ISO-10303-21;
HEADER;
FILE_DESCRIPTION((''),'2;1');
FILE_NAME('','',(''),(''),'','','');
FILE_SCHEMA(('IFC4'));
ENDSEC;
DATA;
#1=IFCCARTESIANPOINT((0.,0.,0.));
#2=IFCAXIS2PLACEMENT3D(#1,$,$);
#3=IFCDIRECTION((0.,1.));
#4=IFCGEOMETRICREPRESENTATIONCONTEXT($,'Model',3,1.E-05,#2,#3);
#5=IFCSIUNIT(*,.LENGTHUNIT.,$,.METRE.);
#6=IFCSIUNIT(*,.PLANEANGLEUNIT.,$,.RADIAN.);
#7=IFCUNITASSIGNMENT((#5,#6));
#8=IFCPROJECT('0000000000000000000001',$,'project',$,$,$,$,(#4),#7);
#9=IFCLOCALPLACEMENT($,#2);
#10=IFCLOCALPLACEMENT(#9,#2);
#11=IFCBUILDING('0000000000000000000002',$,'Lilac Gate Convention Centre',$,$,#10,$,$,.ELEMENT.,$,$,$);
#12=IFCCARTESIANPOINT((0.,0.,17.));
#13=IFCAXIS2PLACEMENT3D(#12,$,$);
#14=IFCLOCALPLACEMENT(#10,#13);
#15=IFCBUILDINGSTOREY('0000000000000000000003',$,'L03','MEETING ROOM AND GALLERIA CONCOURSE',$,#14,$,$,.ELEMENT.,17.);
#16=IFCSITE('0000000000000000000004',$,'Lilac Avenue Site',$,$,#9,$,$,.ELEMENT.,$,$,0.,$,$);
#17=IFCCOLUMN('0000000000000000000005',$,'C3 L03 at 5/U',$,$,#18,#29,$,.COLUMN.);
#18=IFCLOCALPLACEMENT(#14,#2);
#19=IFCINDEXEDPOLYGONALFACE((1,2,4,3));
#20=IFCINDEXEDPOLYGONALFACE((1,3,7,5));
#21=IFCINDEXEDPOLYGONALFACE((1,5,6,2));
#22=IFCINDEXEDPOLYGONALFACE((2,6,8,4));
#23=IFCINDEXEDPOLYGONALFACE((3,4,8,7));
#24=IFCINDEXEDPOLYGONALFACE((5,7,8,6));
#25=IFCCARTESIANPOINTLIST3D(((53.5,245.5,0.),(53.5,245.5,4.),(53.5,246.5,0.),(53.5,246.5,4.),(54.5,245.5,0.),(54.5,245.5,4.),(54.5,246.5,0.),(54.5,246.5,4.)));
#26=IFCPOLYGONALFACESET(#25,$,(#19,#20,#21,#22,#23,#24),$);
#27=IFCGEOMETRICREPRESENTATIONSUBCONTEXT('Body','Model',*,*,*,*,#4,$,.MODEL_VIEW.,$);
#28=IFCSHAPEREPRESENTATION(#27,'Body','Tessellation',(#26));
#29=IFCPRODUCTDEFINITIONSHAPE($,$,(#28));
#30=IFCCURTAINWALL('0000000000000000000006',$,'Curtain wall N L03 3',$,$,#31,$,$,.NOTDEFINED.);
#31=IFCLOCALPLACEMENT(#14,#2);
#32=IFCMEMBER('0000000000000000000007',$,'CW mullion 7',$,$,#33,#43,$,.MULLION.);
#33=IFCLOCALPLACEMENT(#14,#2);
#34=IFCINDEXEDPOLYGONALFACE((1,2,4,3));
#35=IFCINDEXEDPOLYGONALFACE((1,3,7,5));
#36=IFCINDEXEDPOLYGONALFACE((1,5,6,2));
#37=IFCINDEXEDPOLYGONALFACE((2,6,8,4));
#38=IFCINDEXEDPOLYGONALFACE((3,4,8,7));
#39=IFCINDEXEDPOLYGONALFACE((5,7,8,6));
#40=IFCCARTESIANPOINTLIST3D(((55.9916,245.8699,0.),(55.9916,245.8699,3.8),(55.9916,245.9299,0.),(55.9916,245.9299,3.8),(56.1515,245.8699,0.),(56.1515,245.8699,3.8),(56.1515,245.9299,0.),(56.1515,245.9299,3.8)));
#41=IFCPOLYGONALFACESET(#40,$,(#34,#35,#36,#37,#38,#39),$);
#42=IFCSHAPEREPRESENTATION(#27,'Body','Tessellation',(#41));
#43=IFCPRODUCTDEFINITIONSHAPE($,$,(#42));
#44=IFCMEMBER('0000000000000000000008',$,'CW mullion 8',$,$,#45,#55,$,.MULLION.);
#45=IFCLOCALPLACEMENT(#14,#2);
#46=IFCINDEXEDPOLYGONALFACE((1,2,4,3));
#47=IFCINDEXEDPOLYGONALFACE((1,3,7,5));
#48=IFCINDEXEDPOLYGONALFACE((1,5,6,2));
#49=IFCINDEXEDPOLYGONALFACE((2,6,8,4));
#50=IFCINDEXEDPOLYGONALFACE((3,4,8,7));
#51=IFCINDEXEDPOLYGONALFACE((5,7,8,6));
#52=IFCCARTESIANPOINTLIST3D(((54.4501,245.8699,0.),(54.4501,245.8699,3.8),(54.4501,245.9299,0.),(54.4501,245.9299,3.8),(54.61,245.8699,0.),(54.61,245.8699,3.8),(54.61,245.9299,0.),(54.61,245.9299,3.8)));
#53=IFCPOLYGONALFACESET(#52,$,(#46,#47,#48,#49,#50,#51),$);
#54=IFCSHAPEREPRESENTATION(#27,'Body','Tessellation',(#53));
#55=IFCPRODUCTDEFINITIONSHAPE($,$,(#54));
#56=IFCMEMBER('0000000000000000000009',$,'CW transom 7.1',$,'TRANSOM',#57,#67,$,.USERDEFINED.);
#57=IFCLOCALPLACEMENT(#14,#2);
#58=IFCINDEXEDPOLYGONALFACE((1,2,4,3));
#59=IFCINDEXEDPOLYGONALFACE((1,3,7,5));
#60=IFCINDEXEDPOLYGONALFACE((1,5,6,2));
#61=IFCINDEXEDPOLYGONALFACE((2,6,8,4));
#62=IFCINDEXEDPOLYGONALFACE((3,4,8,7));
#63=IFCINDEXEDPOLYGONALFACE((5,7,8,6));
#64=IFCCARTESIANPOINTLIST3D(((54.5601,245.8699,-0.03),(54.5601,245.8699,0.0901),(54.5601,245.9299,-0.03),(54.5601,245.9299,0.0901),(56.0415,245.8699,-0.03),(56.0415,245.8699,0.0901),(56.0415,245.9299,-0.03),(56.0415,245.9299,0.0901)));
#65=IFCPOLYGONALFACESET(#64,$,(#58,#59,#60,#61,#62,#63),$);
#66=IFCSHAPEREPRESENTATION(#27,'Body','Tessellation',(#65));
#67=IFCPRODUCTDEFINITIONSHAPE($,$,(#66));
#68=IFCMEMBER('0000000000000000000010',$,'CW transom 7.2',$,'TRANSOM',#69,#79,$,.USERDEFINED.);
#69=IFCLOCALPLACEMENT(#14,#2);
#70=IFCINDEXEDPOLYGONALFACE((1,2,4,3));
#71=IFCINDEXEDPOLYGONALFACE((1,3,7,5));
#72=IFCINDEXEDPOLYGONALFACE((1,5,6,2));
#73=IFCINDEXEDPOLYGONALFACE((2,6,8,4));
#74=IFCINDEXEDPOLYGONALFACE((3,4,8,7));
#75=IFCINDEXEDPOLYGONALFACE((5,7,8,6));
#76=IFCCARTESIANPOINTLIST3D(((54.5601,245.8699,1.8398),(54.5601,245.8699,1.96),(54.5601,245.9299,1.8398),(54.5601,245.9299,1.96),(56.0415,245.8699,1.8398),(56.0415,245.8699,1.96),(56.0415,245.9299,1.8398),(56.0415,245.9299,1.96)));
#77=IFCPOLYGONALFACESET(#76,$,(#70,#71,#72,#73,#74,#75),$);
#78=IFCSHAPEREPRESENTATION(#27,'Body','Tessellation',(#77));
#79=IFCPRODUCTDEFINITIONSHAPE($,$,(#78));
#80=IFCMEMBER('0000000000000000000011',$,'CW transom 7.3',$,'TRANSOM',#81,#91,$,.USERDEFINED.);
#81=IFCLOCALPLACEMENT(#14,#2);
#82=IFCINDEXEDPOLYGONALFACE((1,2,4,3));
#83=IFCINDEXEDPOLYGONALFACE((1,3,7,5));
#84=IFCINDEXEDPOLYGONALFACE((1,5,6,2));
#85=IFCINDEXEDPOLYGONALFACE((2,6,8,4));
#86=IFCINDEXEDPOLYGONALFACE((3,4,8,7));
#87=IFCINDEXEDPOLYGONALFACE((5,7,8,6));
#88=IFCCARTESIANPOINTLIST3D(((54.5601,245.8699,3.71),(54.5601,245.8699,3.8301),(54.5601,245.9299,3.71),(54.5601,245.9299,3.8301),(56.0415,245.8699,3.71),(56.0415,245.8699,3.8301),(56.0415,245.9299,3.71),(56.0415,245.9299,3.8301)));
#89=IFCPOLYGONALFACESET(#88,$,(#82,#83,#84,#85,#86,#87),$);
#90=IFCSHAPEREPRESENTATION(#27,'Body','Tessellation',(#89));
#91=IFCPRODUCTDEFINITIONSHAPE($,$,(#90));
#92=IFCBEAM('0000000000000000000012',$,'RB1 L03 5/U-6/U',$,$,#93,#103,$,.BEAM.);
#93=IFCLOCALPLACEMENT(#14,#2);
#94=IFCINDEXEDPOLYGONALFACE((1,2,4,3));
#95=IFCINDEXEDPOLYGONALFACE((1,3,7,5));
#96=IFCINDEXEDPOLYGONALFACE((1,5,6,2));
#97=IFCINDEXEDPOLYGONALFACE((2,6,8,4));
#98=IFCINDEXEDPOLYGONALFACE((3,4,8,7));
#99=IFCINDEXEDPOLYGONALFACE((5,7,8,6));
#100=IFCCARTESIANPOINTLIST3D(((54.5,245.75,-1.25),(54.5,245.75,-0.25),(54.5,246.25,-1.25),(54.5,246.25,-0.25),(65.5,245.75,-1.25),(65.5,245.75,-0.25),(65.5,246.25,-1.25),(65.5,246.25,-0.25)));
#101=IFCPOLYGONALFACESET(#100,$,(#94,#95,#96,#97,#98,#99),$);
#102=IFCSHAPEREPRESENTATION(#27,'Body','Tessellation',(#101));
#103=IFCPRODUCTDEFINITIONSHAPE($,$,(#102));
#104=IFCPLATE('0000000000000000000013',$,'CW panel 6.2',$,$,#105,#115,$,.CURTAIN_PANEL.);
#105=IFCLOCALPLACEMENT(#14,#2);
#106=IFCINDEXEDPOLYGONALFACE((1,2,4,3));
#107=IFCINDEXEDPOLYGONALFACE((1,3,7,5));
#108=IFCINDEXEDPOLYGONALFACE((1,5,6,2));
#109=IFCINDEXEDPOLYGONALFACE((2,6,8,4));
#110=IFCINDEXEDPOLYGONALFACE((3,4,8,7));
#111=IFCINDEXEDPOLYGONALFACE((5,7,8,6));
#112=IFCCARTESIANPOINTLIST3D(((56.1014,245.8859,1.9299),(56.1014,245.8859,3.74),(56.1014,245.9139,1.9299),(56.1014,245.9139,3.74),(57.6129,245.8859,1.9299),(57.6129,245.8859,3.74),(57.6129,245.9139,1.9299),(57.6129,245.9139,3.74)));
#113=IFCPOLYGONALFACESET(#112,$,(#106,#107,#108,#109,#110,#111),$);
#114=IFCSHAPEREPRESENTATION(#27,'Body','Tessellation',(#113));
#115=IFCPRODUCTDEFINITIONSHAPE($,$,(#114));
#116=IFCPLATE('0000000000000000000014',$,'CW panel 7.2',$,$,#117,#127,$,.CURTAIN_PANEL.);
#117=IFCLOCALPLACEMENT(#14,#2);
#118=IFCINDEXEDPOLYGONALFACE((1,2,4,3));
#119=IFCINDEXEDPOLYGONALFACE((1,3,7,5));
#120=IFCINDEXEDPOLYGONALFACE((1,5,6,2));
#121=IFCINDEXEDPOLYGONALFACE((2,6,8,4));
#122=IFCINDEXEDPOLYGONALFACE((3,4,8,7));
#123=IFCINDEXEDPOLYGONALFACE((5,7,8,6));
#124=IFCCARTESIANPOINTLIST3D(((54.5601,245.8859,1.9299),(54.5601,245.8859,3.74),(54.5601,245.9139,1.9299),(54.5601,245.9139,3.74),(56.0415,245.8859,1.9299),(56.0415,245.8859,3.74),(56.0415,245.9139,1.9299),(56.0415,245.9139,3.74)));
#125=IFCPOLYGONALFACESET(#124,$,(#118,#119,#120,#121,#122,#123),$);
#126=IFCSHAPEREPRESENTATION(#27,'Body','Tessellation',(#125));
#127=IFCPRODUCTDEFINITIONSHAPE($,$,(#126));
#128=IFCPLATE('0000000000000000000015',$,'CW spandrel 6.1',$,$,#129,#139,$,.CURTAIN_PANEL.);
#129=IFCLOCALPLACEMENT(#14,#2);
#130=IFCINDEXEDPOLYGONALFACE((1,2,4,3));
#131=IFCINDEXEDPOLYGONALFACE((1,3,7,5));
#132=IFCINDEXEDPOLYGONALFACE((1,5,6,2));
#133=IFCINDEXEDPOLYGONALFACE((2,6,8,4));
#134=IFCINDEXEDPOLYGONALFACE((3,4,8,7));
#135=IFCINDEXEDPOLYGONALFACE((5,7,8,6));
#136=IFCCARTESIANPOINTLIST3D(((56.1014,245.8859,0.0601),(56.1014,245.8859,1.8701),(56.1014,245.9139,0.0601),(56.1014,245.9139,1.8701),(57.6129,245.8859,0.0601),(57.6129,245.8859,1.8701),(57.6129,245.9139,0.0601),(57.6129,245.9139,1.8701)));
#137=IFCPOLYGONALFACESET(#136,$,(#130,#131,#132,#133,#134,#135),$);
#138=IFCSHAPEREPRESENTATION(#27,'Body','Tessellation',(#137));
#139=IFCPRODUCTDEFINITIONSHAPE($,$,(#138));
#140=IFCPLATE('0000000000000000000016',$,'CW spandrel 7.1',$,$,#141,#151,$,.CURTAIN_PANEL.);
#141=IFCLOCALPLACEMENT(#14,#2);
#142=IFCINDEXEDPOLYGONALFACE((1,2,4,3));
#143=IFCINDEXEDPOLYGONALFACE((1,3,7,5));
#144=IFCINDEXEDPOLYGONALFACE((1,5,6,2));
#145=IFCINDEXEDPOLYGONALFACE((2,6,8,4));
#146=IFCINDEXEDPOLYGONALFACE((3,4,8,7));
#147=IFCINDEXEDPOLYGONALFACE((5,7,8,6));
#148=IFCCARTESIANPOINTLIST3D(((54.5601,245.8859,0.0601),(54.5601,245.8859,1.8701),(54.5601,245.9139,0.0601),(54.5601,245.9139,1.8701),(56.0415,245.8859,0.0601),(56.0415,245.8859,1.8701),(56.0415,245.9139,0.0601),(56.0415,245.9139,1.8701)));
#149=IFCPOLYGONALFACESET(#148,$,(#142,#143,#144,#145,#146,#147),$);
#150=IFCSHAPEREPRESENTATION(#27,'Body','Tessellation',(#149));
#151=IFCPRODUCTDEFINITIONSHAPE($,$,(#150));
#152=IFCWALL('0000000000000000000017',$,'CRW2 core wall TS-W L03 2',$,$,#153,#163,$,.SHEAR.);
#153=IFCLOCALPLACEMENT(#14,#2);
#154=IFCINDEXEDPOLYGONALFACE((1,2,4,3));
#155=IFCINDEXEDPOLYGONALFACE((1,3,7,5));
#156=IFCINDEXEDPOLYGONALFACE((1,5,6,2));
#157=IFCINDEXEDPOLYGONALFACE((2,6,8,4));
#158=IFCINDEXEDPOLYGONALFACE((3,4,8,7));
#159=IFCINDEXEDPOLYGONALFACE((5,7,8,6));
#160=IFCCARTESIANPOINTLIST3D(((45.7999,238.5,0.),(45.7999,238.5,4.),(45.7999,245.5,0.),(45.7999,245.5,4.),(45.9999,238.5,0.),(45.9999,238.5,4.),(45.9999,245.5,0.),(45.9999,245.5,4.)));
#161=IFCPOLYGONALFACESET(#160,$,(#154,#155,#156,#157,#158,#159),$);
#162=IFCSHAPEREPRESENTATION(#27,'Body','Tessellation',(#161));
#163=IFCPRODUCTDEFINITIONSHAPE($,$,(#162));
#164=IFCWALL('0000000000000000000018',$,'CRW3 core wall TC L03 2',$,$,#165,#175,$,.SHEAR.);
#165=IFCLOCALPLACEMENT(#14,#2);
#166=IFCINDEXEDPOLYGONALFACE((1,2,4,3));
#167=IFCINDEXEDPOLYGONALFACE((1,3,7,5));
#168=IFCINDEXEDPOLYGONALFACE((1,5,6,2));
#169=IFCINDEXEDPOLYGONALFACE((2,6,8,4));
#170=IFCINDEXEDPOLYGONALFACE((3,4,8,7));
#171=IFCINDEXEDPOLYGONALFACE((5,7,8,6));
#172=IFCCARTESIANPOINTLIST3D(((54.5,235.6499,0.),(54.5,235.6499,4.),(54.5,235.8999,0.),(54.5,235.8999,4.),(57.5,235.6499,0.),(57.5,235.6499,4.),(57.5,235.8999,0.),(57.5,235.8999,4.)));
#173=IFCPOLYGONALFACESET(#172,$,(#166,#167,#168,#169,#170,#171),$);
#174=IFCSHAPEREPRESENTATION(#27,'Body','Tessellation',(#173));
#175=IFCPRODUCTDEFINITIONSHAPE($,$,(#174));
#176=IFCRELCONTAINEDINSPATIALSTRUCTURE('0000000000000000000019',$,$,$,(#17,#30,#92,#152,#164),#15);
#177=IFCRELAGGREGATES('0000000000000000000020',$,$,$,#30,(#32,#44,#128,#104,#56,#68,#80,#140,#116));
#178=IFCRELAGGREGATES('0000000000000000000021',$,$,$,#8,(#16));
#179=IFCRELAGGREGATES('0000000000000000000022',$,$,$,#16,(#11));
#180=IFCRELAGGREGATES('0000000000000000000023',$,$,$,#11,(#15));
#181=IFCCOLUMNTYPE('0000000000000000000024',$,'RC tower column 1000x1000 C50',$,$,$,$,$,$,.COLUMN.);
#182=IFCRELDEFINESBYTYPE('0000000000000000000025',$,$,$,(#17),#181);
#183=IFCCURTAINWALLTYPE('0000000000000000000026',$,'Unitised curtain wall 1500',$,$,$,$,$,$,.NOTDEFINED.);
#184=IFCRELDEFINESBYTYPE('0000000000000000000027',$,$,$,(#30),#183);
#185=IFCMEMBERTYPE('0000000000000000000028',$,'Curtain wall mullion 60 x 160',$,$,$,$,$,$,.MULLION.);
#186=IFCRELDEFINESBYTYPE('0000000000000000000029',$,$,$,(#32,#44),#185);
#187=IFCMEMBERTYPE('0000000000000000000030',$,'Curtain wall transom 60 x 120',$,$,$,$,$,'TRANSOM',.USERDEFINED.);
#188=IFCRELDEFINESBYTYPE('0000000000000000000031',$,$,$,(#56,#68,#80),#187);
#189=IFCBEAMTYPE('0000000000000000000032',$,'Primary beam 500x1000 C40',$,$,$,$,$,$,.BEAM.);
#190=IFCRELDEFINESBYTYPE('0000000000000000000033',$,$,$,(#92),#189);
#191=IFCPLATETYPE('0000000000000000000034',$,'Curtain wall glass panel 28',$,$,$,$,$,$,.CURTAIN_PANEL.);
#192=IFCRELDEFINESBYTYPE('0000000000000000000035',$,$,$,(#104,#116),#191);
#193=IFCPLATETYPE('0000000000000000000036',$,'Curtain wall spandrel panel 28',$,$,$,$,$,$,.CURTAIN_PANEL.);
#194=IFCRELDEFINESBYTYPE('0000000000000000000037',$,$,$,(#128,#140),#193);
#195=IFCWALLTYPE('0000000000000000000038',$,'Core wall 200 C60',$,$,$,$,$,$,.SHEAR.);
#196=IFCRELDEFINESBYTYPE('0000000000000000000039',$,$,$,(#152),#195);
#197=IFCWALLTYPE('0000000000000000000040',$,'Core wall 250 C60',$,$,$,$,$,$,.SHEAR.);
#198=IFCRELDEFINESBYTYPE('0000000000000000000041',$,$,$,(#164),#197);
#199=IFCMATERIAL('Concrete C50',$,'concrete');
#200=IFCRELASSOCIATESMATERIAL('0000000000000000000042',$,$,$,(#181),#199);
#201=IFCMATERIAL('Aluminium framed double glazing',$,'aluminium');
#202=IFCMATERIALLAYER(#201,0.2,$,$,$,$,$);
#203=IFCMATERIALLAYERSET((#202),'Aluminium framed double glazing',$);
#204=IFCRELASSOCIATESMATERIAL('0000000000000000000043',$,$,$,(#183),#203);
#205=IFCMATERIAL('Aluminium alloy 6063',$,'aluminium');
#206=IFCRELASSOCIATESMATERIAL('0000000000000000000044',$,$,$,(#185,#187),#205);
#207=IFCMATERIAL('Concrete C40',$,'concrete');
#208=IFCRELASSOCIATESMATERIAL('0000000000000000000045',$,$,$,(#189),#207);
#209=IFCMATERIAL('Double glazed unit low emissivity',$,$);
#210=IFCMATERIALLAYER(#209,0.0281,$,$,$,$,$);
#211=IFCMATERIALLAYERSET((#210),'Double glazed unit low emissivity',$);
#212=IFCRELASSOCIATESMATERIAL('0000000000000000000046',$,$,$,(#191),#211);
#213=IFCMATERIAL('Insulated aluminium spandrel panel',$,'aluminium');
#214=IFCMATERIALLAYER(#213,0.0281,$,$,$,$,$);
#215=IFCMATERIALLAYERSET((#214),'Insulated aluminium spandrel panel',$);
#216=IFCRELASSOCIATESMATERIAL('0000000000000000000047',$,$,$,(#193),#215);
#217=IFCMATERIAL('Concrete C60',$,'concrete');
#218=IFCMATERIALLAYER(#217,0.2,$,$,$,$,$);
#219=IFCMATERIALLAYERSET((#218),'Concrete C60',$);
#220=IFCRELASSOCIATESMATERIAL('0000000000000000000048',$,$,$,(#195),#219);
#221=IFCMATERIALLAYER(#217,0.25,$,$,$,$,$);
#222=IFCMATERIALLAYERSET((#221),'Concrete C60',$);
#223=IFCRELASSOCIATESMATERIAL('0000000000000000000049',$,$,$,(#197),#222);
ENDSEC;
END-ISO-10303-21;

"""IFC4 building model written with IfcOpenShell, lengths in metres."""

from ifc_helpers import new_model, si_unit, direction, frame, frame_2d, origin, origin_2d, place, context, subcontext, project, spatial, rectangle, extrude, material, layer, layer_set, material_profile, profile_set, type_object, element, aggregate, save


model = new_model("IFC4")

# Units and contexts
model_context = context("Model", 3, precision=1e-05, world=origin(), true_north=direction((0.0, 1.0)))
body_context = subcontext(model_context, "Body", "Model", "MODEL_VIEW")
ifc_project = project(units=[si_unit("LENGTHUNIT", "METRE"), si_unit("PLANEANGLEUNIT", "RADIAN")], contexts=[model_context])

# Site, building, storey
site_placement = place(None, origin())
site = spatial("IfcSite", under=ifc_project, at=site_placement, Name="Lilac Avenue Site", CompositionType="ELEMENT", RefElevation=0.0)
building_placement = place(site_placement, origin())
building = spatial("IfcBuilding", under=site, at=building_placement, Name="Lilac Gate Convention Centre", CompositionType="ELEMENT")
storey_placement = place(building_placement, frame((0.0, 0.0, 17.0)))
storey = spatial("IfcBuildingStorey", under=building, at=storey_placement, Name="L03", Description="MEETING ROOM AND GALLERIA CONCOURSE", CompositionType="ELEMENT", Elevation=17.0)

# Column
ifc_material_1 = material(Name="Concrete C50", Category="concrete")
ifc_material_profile_1 = material_profile(ifc_material_1, rectangle(XDim=1.0, YDim=1.0, at=origin_2d()), Name="RC 1000x1000")
ifc_profile_set_1 = profile_set([ifc_material_profile_1], Name="Concrete C50")
column_type = type_object("IfcColumnType", Name="RC tower column 1000x1000 C50", PredefinedType="COLUMN", material=ifc_profile_set_1)
column_placement = place(storey_placement, frame((54.0, 246.0, 0.0), z_axis=(0.0, 0.0, 1.0), x_axis=(1.0, 0.0, 0.0)))
element("IfcColumn", 1, at=column_placement, inside=storey, type_object=column_type, Name="C3 L03 at 5/U", PredefinedType="COLUMN", context=body_context, shape_type="SweptSolid", body=[
    extrude(rectangle(XDim=1.0, YDim=1.0, at=origin_2d()), origin(), (0.0, 0.0, 1.0), 4.0),
])

# Curtain wall, members
ifc_material_2 = material(Name="Aluminium framed double glazing", Category="aluminium")
ifc_layer_1 = layer(ifc_material_2, 0.2)
ifc_layer_set_1 = layer_set([ifc_layer_1], Name="Aluminium framed double glazing")
curtain_wall_type = type_object("IfcCurtainWallType", Name="Unitised curtain wall 1500", PredefinedType="NOTDEFINED", material=ifc_layer_set_1)
curtain_wall_placement = place(storey_placement, origin())
curtain_wall = element("IfcCurtainWall", 2, at=curtain_wall_placement, inside=storey, type_object=curtain_wall_type, Name="Curtain wall N L03 3", PredefinedType="NOTDEFINED")
ifc_material_3 = material(Name="Aluminium alloy 6063", Category="aluminium")
ifc_material_profile_2 = material_profile(ifc_material_3, rectangle(XDim=0.0601, YDim=0.1599, at=origin_2d()), Name="Curtain wall mullion 60 x 160")
ifc_profile_set_2 = profile_set([ifc_material_profile_2], Name="Aluminium alloy 6063")
member_type_1 = type_object("IfcMemberType", Name="Curtain wall mullion 60 x 160", PredefinedType="MULLION", material=ifc_profile_set_2)
member_1_placement = place(storey_placement, frame((56.0715, 245.8999, 0.0), z_axis=(0.0, 0.0, 1.0), x_axis=(0.0, -1.0, 0.0)))
member_1 = element("IfcMember", 3, at=member_1_placement, type_object=member_type_1, Name="CW mullion 7", PredefinedType="MULLION", context=body_context, shape_type="SweptSolid", body=[
    extrude(rectangle(XDim=0.0601, YDim=0.1599, at=origin_2d()), origin(), (0.0, 0.0, 1.0), 3.8),
])
member_2_placement = place(storey_placement, frame((54.53, 245.8999, 0.0), z_axis=(0.0, 0.0, 1.0), x_axis=(0.0, -1.0, 0.0)))
member_2 = element("IfcMember", 4, at=member_2_placement, type_object=member_type_1, Name="CW mullion 8", PredefinedType="MULLION", context=body_context, shape_type="SweptSolid", body=[
    extrude(rectangle(XDim=0.0601, YDim=0.1599, at=origin_2d()), origin(), (0.0, 0.0, 1.0), 3.8),
])
ifc_material_profile_3 = material_profile(ifc_material_3, rectangle(XDim=0.0601, YDim=0.1201, at=origin_2d()), Name="Curtain wall transom 60 x 120")
ifc_profile_set_3 = profile_set([ifc_material_profile_3], Name="Aluminium alloy 6063")
member_type_2 = type_object("IfcMemberType", Name="Curtain wall transom 60 x 120", ElementType="TRANSOM", PredefinedType="USERDEFINED", material=ifc_profile_set_3)
member_3_placement = place(storey_placement, frame((56.0415, 245.8999, 0.03), z_axis=(-1.0, 0.0, 0.0), x_axis=(0.0, -1.0, 0.0)))
member_3 = element("IfcMember", 5, at=member_3_placement, type_object=member_type_2, Name="CW transom 7.1", ObjectType="TRANSOM", PredefinedType="USERDEFINED", context=body_context, shape_type="SweptSolid", body=[
    extrude(rectangle(XDim=0.0601, YDim=0.1201, at=origin_2d()), origin(), (0.0, 0.0, 1.0), 1.4814),
])
member_4_placement = place(storey_placement, frame((56.0415, 245.8999, 1.8999), z_axis=(-1.0, 0.0, 0.0), x_axis=(0.0, -1.0, 0.0)))
member_4 = element("IfcMember", 6, at=member_4_placement, type_object=member_type_2, Name="CW transom 7.2", ObjectType="TRANSOM", PredefinedType="USERDEFINED", context=body_context, shape_type="SweptSolid", body=[
    extrude(rectangle(XDim=0.0601, YDim=0.1201, at=origin_2d()), origin(), (0.0, 0.0, 1.0), 1.4814),
])
member_5_placement = place(storey_placement, frame((56.0415, 245.8999, 3.77), z_axis=(-1.0, 0.0, 0.0), x_axis=(0.0, -1.0, 0.0)))
member_5 = element("IfcMember", 7, at=member_5_placement, type_object=member_type_2, Name="CW transom 7.3", ObjectType="TRANSOM", PredefinedType="USERDEFINED", context=body_context, shape_type="SweptSolid", body=[
    extrude(rectangle(XDim=0.0601, YDim=0.1201, at=origin_2d()), origin(), (0.0, 0.0, 1.0), 1.4814),
])

# Beam
ifc_material_4 = material(Name="Concrete C40", Category="concrete")
ifc_material_profile_4 = material_profile(ifc_material_4, rectangle(XDim=0.5, YDim=1.0, at=origin_2d()), Name="RC 500x1000")
ifc_profile_set_4 = profile_set([ifc_material_profile_4], Name="Concrete C40")
beam_type = type_object("IfcBeamType", Name="Primary beam 500x1000 C40", PredefinedType="BEAM", material=ifc_profile_set_4)
beam_placement = place(storey_placement, frame((54.5, 246.0, -0.75), z_axis=(1.0, 0.0, 0.0), x_axis=(0.0, 1.0, 0.0)))
element("IfcBeam", 8, at=beam_placement, inside=storey, type_object=beam_type, Name="RB1 L03 5/U-6/U", PredefinedType="BEAM", context=body_context, shape_type="SweptSolid", body=[
    extrude(rectangle(XDim=0.5, YDim=1.0, at=origin_2d()), origin(), (0.0, 0.0, 1.0), 11.0),
])

# Plates
ifc_material_5 = material(Name="Double glazed unit low emissivity")
ifc_layer_2 = layer(ifc_material_5, 0.0281)
ifc_layer_set_2 = layer_set([ifc_layer_2], Name="Double glazed unit low emissivity")
plate_type_1 = type_object("IfcPlateType", Name="Curtain wall glass panel 28", PredefinedType="CURTAIN_PANEL", material=ifc_layer_set_2)
plate_1_placement = place(storey_placement, frame((56.8572, 245.8999, 1.9299), z_axis=(0.0, 0.0, 1.0), x_axis=(-1.0, 0.0, 0.0)))
plate_1 = element("IfcPlate", 9, at=plate_1_placement, type_object=plate_type_1, Name="CW panel 6.2", PredefinedType="CURTAIN_PANEL", context=body_context, shape_type="SweptSolid", body=[
    extrude(rectangle(XDim=1.5115, YDim=0.0281, at=origin_2d()), origin(), (0.0, 0.0, 1.0), 1.8101),
])
plate_2_placement = place(storey_placement, frame((55.3008, 245.8999, 1.9299), z_axis=(0.0, 0.0, 1.0), x_axis=(-1.0, 0.0, 0.0)))
plate_2 = element("IfcPlate", 10, at=plate_2_placement, type_object=plate_type_1, Name="CW panel 7.2", PredefinedType="CURTAIN_PANEL", context=body_context, shape_type="SweptSolid", body=[
    extrude(rectangle(XDim=1.4814, YDim=0.0281, at=origin_2d()), origin(), (0.0, 0.0, 1.0), 1.8101),
])
ifc_material_6 = material(Name="Insulated aluminium spandrel panel", Category="aluminium")
ifc_layer_3 = layer(ifc_material_6, 0.0281)
ifc_layer_set_3 = layer_set([ifc_layer_3], Name="Insulated aluminium spandrel panel")
plate_type_2 = type_object("IfcPlateType", Name="Curtain wall spandrel panel 28", PredefinedType="CURTAIN_PANEL", material=ifc_layer_set_3)
plate_3_placement = place(storey_placement, frame((56.8572, 245.8999, 0.0601), z_axis=(0.0, 0.0, 1.0), x_axis=(-1.0, 0.0, 0.0)))
plate_3 = element("IfcPlate", 11, at=plate_3_placement, type_object=plate_type_2, Name="CW spandrel 6.1", PredefinedType="CURTAIN_PANEL", context=body_context, shape_type="SweptSolid", body=[
    extrude(rectangle(XDim=1.5115, YDim=0.0281, at=origin_2d()), origin(), (0.0, 0.0, 1.0), 1.8101),
])
plate_4_placement = place(storey_placement, frame((55.3008, 245.8999, 0.0601), z_axis=(0.0, 0.0, 1.0), x_axis=(-1.0, 0.0, 0.0)))
plate_4 = element("IfcPlate", 12, at=plate_4_placement, type_object=plate_type_2, Name="CW spandrel 7.1", PredefinedType="CURTAIN_PANEL", context=body_context, shape_type="SweptSolid", body=[
    extrude(rectangle(XDim=1.4814, YDim=0.0281, at=origin_2d()), origin(), (0.0, 0.0, 1.0), 1.8101),
])
aggregate(curtain_wall, [member_1, member_2, plate_3, plate_1, member_3, member_4, member_5, plate_4, plate_2])

# Walls
ifc_material_7 = material(Name="Concrete C60", Category="concrete")
ifc_layer_4 = layer(ifc_material_7, 0.2)
ifc_layer_set_4 = layer_set([ifc_layer_4], Name="Concrete C60")
wall_type_1 = type_object("IfcWallType", Name="Core wall 200 C60", PredefinedType="SHEAR", material=ifc_layer_set_4)
wall_1_placement = place(storey_placement, frame((45.8999, 238.5, 0.0), z_axis=(0.0, 0.0, 1.0), x_axis=(0.0, 1.0, 0.0)))
element("IfcWall", 13, at=wall_1_placement, inside=storey, type_object=wall_type_1, Name="CRW2 core wall TS-W L03 2", PredefinedType="SHEAR", context=body_context, shape_type="SweptSolid", body=[
    extrude(rectangle(XDim=7.0, YDim=0.2, at=frame_2d((3.5, 0.0))), origin(), (0.0, 0.0, 1.0), 4.0),
])
ifc_layer_5 = layer(ifc_material_7, 0.25)
ifc_layer_set_5 = layer_set([ifc_layer_5], Name="Concrete C60")
wall_type_2 = type_object("IfcWallType", Name="Core wall 250 C60", PredefinedType="SHEAR", material=ifc_layer_set_5)
wall_2_placement = place(storey_placement, frame((54.5, 235.7749, 0.0), z_axis=(0.0, 0.0, 1.0), x_axis=(1.0, 0.0, 0.0)))
element("IfcWall", 14, at=wall_2_placement, inside=storey, type_object=wall_type_2, Name="CRW3 core wall TC L03 2", PredefinedType="SHEAR", context=body_context, shape_type="SweptSolid", body=[
    extrude(rectangle(XDim=3.0, YDim=0.25, at=frame_2d((1.5, 0.0))), origin(), (0.0, 0.0, 1.0), 4.0),
])

save(model, "model.ifc")
